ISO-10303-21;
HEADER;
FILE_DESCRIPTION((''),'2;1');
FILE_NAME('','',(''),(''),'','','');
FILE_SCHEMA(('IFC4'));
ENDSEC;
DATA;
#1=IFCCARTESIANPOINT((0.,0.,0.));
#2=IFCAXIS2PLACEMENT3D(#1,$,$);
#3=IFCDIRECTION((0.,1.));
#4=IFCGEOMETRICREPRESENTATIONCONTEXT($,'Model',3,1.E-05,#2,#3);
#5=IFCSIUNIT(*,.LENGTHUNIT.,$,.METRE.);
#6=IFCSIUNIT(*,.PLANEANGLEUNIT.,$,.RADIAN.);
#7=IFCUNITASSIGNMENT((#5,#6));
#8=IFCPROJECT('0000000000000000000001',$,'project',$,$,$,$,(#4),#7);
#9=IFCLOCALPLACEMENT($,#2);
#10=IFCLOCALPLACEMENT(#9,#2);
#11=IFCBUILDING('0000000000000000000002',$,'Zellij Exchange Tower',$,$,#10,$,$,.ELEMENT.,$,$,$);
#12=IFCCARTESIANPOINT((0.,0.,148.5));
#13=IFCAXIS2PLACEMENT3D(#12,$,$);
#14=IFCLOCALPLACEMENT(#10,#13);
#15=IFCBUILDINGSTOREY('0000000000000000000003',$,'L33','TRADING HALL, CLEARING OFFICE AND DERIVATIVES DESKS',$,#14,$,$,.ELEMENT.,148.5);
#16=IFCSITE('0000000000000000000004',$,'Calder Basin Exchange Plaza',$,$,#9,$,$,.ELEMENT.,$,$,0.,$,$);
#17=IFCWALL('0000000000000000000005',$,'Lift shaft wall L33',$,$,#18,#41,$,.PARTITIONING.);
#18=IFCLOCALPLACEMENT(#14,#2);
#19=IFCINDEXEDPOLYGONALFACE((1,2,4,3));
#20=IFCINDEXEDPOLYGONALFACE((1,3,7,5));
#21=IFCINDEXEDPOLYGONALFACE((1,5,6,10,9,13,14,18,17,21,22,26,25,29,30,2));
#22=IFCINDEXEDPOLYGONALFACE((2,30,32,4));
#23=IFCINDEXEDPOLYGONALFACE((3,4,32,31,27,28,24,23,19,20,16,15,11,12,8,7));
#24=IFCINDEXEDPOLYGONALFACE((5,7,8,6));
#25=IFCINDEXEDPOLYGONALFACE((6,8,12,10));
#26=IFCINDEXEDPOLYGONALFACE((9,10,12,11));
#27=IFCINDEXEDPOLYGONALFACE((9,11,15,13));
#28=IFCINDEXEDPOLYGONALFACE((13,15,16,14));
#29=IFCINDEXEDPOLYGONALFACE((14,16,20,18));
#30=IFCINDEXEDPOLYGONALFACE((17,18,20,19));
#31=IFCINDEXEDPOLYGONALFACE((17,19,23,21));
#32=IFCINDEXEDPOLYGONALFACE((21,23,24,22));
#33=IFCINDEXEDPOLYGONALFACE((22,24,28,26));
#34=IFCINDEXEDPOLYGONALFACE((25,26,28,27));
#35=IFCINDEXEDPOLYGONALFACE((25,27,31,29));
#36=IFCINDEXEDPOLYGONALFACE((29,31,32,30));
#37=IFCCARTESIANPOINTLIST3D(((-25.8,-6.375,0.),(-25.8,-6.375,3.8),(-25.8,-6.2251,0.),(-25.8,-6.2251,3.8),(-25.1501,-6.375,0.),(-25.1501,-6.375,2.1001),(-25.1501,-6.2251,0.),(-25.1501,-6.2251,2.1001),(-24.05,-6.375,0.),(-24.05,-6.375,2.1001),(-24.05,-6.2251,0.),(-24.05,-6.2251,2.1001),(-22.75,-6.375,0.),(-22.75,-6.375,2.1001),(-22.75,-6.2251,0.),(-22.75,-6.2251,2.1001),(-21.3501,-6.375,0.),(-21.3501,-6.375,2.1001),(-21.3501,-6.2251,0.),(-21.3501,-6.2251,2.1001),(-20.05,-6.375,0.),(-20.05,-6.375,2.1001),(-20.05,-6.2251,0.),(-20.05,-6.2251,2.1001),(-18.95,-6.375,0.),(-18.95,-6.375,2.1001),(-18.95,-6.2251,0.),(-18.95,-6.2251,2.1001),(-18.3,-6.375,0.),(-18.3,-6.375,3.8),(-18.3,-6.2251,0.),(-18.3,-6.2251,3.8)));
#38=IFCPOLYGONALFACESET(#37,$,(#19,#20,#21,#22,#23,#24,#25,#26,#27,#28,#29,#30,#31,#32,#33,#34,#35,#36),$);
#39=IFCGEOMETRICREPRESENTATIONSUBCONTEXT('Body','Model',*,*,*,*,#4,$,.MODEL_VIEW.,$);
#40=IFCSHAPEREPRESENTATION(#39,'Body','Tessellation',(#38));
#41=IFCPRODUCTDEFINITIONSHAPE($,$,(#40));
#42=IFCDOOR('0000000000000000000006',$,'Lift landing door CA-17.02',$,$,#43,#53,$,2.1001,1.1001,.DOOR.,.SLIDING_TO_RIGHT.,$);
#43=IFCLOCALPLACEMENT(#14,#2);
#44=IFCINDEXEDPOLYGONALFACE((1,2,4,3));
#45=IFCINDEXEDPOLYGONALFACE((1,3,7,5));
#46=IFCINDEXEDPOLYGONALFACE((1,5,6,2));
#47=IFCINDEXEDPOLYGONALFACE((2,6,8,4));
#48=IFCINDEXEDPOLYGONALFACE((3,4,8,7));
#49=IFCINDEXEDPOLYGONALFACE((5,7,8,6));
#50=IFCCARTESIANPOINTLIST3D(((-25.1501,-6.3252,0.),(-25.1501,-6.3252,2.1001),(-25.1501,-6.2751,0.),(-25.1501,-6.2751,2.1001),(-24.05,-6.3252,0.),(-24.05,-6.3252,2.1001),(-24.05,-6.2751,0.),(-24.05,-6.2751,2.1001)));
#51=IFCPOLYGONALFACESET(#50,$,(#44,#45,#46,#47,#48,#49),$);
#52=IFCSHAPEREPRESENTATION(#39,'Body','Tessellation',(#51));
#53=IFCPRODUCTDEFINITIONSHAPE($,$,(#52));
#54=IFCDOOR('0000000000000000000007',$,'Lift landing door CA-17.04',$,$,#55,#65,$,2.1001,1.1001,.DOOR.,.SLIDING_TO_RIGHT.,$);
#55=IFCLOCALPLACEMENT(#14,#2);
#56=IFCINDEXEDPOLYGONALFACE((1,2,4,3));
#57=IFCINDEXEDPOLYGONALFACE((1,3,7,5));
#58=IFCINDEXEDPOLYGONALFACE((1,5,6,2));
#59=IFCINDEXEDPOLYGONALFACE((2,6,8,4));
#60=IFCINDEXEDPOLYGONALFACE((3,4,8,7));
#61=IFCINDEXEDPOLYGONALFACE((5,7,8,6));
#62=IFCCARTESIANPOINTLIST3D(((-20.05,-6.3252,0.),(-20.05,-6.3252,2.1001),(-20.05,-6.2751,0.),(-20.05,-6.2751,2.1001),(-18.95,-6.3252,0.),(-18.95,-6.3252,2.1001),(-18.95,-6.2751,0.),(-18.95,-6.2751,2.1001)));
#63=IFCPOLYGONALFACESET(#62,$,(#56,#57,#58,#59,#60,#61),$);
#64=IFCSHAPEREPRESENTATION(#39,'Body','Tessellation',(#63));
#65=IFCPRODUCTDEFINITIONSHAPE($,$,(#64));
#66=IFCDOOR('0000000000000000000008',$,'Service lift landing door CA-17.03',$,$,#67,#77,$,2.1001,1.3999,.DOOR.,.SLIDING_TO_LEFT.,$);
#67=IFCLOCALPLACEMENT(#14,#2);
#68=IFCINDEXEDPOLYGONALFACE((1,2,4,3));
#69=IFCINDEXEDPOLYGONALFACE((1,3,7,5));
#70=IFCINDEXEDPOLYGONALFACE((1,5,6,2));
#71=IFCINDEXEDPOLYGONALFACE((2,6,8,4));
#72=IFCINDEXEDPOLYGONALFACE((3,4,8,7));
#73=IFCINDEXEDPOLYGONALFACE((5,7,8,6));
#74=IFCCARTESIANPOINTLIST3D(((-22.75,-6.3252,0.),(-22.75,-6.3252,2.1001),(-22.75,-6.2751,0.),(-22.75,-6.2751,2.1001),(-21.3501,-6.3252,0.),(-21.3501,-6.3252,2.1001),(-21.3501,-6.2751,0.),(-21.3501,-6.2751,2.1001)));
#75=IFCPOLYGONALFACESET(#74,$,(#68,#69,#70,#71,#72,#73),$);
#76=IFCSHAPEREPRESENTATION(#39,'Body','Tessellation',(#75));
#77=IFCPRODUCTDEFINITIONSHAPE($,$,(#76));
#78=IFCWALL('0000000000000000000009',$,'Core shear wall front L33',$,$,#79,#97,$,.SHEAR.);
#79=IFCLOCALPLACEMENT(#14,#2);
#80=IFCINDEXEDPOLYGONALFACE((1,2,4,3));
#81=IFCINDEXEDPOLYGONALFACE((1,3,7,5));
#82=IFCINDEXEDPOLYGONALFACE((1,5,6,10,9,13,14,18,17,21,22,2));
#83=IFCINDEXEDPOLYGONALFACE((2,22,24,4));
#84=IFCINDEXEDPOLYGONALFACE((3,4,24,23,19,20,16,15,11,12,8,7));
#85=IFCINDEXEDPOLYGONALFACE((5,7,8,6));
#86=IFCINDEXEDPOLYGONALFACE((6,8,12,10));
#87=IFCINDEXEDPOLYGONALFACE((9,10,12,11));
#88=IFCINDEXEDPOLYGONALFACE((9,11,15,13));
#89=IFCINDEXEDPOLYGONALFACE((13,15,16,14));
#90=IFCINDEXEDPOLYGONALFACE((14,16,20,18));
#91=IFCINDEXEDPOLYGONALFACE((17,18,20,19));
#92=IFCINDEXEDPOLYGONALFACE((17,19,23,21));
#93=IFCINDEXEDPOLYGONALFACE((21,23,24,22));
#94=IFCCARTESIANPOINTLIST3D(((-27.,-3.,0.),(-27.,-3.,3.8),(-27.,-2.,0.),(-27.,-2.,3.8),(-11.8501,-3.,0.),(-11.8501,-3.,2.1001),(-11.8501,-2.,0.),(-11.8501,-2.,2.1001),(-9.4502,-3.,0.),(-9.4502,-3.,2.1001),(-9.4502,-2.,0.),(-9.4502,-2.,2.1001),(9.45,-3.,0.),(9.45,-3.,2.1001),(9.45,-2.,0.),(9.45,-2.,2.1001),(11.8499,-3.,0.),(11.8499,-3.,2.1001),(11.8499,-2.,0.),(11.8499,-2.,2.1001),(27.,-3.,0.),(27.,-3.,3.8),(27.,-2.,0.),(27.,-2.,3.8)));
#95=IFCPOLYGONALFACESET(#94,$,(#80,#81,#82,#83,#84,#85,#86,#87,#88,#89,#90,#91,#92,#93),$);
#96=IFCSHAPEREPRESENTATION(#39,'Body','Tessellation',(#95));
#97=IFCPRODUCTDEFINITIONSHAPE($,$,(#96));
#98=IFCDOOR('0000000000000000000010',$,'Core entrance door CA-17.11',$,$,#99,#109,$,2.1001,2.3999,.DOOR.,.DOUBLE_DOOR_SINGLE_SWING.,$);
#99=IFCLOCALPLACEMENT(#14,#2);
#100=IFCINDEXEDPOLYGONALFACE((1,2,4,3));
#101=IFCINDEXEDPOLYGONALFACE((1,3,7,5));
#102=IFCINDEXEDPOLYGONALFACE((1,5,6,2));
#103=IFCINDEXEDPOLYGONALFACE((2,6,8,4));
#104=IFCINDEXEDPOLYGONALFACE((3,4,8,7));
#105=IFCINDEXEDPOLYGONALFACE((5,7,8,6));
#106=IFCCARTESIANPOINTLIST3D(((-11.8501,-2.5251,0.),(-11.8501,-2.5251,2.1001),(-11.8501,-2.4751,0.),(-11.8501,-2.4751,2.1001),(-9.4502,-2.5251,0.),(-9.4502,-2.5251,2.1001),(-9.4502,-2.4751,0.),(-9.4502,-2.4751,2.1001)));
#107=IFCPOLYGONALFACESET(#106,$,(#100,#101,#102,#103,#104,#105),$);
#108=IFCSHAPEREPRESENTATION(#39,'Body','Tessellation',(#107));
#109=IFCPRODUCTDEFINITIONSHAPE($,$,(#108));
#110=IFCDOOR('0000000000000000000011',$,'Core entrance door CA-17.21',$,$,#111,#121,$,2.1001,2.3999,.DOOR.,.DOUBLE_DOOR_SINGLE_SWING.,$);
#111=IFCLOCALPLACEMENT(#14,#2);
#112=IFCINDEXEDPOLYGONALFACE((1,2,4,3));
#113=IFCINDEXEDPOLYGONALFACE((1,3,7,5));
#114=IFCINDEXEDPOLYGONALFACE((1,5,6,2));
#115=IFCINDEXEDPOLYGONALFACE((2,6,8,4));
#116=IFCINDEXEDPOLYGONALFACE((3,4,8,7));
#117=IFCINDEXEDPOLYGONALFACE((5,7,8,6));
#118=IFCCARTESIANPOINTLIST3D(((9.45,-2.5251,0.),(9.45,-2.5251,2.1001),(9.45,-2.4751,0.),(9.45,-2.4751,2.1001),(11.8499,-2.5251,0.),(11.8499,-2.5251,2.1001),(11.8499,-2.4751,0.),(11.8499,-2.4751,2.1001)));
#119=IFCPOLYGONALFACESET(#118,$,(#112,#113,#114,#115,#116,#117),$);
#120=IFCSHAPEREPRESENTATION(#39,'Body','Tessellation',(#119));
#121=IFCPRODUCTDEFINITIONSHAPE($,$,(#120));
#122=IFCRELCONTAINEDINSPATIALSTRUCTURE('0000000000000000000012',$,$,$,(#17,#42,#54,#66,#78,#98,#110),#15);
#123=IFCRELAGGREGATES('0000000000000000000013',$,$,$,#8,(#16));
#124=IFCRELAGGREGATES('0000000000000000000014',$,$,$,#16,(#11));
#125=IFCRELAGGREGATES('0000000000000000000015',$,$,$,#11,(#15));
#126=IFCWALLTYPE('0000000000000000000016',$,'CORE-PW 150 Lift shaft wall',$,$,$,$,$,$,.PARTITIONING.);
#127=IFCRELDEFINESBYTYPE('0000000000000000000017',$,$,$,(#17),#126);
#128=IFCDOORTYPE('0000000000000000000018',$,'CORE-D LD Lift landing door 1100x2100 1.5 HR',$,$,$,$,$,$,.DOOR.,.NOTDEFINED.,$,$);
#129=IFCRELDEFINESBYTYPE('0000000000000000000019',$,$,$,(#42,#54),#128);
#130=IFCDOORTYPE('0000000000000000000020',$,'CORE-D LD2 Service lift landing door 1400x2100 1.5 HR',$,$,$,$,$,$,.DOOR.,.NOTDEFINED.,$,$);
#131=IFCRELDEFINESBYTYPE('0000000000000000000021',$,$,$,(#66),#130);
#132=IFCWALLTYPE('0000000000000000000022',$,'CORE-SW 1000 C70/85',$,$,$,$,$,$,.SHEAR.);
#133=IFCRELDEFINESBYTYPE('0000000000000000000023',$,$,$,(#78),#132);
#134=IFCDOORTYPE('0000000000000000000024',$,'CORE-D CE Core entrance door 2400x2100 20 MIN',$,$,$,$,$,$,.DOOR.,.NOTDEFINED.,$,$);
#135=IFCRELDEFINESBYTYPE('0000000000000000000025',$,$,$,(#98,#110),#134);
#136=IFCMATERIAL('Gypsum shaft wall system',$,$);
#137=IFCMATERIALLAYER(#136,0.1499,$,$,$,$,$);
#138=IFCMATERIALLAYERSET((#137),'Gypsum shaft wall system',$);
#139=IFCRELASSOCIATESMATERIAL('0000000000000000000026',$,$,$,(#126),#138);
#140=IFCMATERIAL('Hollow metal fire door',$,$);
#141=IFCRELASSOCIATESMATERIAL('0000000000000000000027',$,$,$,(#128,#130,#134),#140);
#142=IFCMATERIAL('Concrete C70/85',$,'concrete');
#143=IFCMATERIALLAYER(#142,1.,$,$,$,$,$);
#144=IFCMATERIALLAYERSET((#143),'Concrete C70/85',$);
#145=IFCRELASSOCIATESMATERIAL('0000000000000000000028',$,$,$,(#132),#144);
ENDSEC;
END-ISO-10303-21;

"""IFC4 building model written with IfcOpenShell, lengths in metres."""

from ifc_helpers import new_model, si_unit, direction, frame, frame_2d, origin, place, context, subcontext, project, spatial, rectangle, extrude, material, layer, layer_set, type_object, element, fill, save


model = new_model("IFC4")

# Units and contexts
model_context = context("Model", 3, precision=1e-05, world=origin(), true_north=direction((0.0, 1.0)))
body_context = subcontext(model_context, "Body", "Model", "MODEL_VIEW")
ifc_project = project(units=[si_unit("LENGTHUNIT", "METRE"), si_unit("PLANEANGLEUNIT", "RADIAN")], contexts=[model_context])

# Site, building, storey
site_placement = place(None, origin())
site = spatial("IfcSite", under=ifc_project, at=site_placement, Name="Calder Basin Exchange Plaza", CompositionType="ELEMENT", RefElevation=0.0)
building_placement = place(site_placement, origin())
building = spatial("IfcBuilding", under=site, at=building_placement, Name="Zellij Exchange Tower", CompositionType="ELEMENT")
storey_placement = place(building_placement, frame((0.0, 0.0, 148.5)))
storey = spatial("IfcBuildingStorey", under=building, at=storey_placement, Name="L33", Description="TRADING HALL, CLEARING OFFICE AND DERIVATIVES DESKS", CompositionType="ELEMENT", Elevation=148.5)

# Shared definitions
ifc_material_1 = material(Name="Gypsum shaft wall system")
ifc_layer_1 = layer(ifc_material_1, 0.1499)
ifc_layer_set_1 = layer_set([ifc_layer_1], Name="Gypsum shaft wall system")
wall_type_1 = type_object("IfcWallType", Name="CORE-PW 150 Lift shaft wall", PredefinedType="PARTITIONING", material=ifc_layer_set_1)

# Walls, openings, doors
wall_1_placement = place(storey_placement, frame((-25.8, -6.3, 0.0), z_axis=(0.0, 0.0, 1.0), x_axis=(1.0, 0.0, 0.0)))
wall_1 = element("IfcWall", 1, at=wall_1_placement, inside=storey, type_object=wall_type_1, Name="Lift shaft wall L33", PredefinedType="PARTITIONING", context=body_context, shape_type="SweptSolid", body=[
    extrude(rectangle(XDim=7.5, YDim=0.1499, at=frame_2d((3.75, 0.0))), origin(), (0.0, 0.0, 1.0), 3.8),
])
opening_1_placement = place(wall_1_placement, frame((0.6499, 0.0, 0.0)))
opening_1 = element("IfcOpeningElement", 2, at=opening_1_placement, cuts=wall_1, PredefinedType="OPENING", context=body_context, shape_type="SweptSolid", body=[
    extrude(rectangle(XDim=1.1001, YDim=2.1001, at=frame_2d((0.55, 1.05))), frame((0.0, 0.0869, 0.0), z_axis=(0.0, -1.0, 0.0), x_axis=(1.0, 0.0, 0.0)), (0.0, 0.0, 1.0), 0.1738),
])
opening_2_placement = place(wall_1_placement, frame((3.05, 0.0, 0.0)))
opening_2 = element("IfcOpeningElement", 3, at=opening_2_placement, cuts=wall_1, PredefinedType="OPENING", context=body_context, shape_type="SweptSolid", body=[
    extrude(rectangle(XDim=1.3999, YDim=2.1001, at=frame_2d((0.7, 1.05))), frame((0.0, 0.0869, 0.0), z_axis=(0.0, -1.0, 0.0), x_axis=(1.0, 0.0, 0.0)), (0.0, 0.0, 1.0), 0.1738),
])
opening_3_placement = place(wall_1_placement, frame((5.75, 0.0, 0.0)))
opening_3 = element("IfcOpeningElement", 4, at=opening_3_placement, cuts=wall_1, PredefinedType="OPENING", context=body_context, shape_type="SweptSolid", body=[
    extrude(rectangle(XDim=1.1001, YDim=2.1001, at=frame_2d((0.55, 1.05))), frame((0.0, 0.0869, 0.0), z_axis=(0.0, -1.0, 0.0), x_axis=(1.0, 0.0, 0.0)), (0.0, 0.0, 1.0), 0.1738),
])
ifc_material_2 = material(Name="Hollow metal fire door")
door_type_1 = type_object("IfcDoorType", Name="CORE-D LD Lift landing door 1100x2100 1.5 HR", OperationType="NOTDEFINED", PredefinedType="DOOR", material=ifc_material_2)
door_1_placement = place(opening_1_placement, origin())
door_1 = element("IfcDoor", 5, at=door_1_placement, inside=storey, type_object=door_type_1, Name="Lift landing door CA-17.02", OperationType="SLIDING_TO_RIGHT", OverallHeight=2.1001, OverallWidth=1.1001, PredefinedType="DOOR", context=body_context, shape_type="SweptSolid", body=[
    extrude(rectangle(XDim=1.1001, YDim=2.1001, at=frame_2d((0.55, 1.05))), frame((0.0, 0.0249, 0.0), z_axis=(0.0, -1.0, 0.0), x_axis=(1.0, 0.0, 0.0)), (0.0, 0.0, 1.0), 0.05),
])
fill(opening_1, door_1)
door_2_placement = place(opening_3_placement, origin())
door_2 = element("IfcDoor", 6, at=door_2_placement, inside=storey, type_object=door_type_1, Name="Lift landing door CA-17.04", OperationType="SLIDING_TO_RIGHT", OverallHeight=2.1001, OverallWidth=1.1001, PredefinedType="DOOR", context=body_context, shape_type="SweptSolid", body=[
    extrude(rectangle(XDim=1.1001, YDim=2.1001, at=frame_2d((0.55, 1.05))), frame((0.0, 0.0249, 0.0), z_axis=(0.0, -1.0, 0.0), x_axis=(1.0, 0.0, 0.0)), (0.0, 0.0, 1.0), 0.05),
])
fill(opening_3, door_2)
door_type_2 = type_object("IfcDoorType", Name="CORE-D LD2 Service lift landing door 1400x2100 1.5 HR", OperationType="NOTDEFINED", PredefinedType="DOOR", material=ifc_material_2)
door_3_placement = place(opening_2_placement, origin())
door_3 = element("IfcDoor", 7, at=door_3_placement, inside=storey, type_object=door_type_2, Name="Service lift landing door CA-17.03", OperationType="SLIDING_TO_LEFT", OverallHeight=2.1001, OverallWidth=1.3999, PredefinedType="DOOR", context=body_context, shape_type="SweptSolid", body=[
    extrude(rectangle(XDim=1.3999, YDim=2.1001, at=frame_2d((0.7, 1.05))), frame((0.0, 0.0249, 0.0), z_axis=(0.0, -1.0, 0.0), x_axis=(1.0, 0.0, 0.0)), (0.0, 0.0, 1.0), 0.05),
])
fill(opening_2, door_3)
ifc_material_3 = material(Name="Concrete C70/85", Category="concrete")
ifc_layer_2 = layer(ifc_material_3, 1.0)
ifc_layer_set_2 = layer_set([ifc_layer_2], Name="Concrete C70/85")
wall_type_2 = type_object("IfcWallType", Name="CORE-SW 1000 C70/85", PredefinedType="SHEAR", material=ifc_layer_set_2)
wall_2_placement = place(storey_placement, frame((-27.0, -2.5, 0.0), z_axis=(0.0, 0.0, 1.0), x_axis=(1.0, 0.0, 0.0)))
wall_2 = element("IfcWall", 8, at=wall_2_placement, inside=storey, type_object=wall_type_2, Name="Core shear wall front L33", PredefinedType="SHEAR", context=body_context, shape_type="SweptSolid", body=[
    extrude(rectangle(XDim=54.0, YDim=1.0, at=frame_2d((27.0, 0.0))), origin(), (0.0, 0.0, 1.0), 3.8),
])
opening_4_placement = place(wall_2_placement, frame((15.1499, 0.0, 0.0)))
opening_4 = element("IfcOpeningElement", 9, at=opening_4_placement, cuts=wall_2, PredefinedType="OPENING", context=body_context, shape_type="SweptSolid", body=[
    extrude(rectangle(XDim=2.3999, YDim=2.1001, at=frame_2d((1.2, 1.05))), frame((0.0, 0.512, 0.0), z_axis=(0.0, -1.0, 0.0), x_axis=(1.0, 0.0, 0.0)), (0.0, 0.0, 1.0), 1.0239),
])
opening_5_placement = place(wall_2_placement, frame((36.45, 0.0, 0.0)))
opening_5 = element("IfcOpeningElement", 10, at=opening_5_placement, cuts=wall_2, PredefinedType="OPENING", context=body_context, shape_type="SweptSolid", body=[
    extrude(rectangle(XDim=2.3999, YDim=2.1001, at=frame_2d((1.2, 1.05))), frame((0.0, 0.512, 0.0), z_axis=(0.0, -1.0, 0.0), x_axis=(1.0, 0.0, 0.0)), (0.0, 0.0, 1.0), 1.0239),
])
door_type_3 = type_object("IfcDoorType", Name="CORE-D CE Core entrance door 2400x2100 20 MIN", OperationType="NOTDEFINED", PredefinedType="DOOR", material=ifc_material_2)
door_4_placement = place(opening_4_placement, origin())
door_4 = element("IfcDoor", 11, at=door_4_placement, inside=storey, type_object=door_type_3, Name="Core entrance door CA-17.11", OperationType="DOUBLE_DOOR_SINGLE_SWING", OverallHeight=2.1001, OverallWidth=2.3999, PredefinedType="DOOR", context=body_context, shape_type="SweptSolid", body=[
    extrude(rectangle(XDim=2.3999, YDim=2.1001, at=frame_2d((1.2, 1.05))), frame((0.0, 0.0249, 0.0), z_axis=(0.0, -1.0, 0.0), x_axis=(1.0, 0.0, 0.0)), (0.0, 0.0, 1.0), 0.05),
])
fill(opening_4, door_4)
door_5_placement = place(opening_5_placement, origin())
door_5 = element("IfcDoor", 12, at=door_5_placement, inside=storey, type_object=door_type_3, Name="Core entrance door CA-17.21", OperationType="DOUBLE_DOOR_SINGLE_SWING", OverallHeight=2.1001, OverallWidth=2.3999, PredefinedType="DOOR", context=body_context, shape_type="SweptSolid", body=[
    extrude(rectangle(XDim=2.3999, YDim=2.1001, at=frame_2d((1.2, 1.05))), frame((0.0, 0.0249, 0.0), z_axis=(0.0, -1.0, 0.0), x_axis=(1.0, 0.0, 0.0)), (0.0, 0.0, 1.0), 0.05),
])
fill(opening_5, door_5)

save(model, "model.ifc")
